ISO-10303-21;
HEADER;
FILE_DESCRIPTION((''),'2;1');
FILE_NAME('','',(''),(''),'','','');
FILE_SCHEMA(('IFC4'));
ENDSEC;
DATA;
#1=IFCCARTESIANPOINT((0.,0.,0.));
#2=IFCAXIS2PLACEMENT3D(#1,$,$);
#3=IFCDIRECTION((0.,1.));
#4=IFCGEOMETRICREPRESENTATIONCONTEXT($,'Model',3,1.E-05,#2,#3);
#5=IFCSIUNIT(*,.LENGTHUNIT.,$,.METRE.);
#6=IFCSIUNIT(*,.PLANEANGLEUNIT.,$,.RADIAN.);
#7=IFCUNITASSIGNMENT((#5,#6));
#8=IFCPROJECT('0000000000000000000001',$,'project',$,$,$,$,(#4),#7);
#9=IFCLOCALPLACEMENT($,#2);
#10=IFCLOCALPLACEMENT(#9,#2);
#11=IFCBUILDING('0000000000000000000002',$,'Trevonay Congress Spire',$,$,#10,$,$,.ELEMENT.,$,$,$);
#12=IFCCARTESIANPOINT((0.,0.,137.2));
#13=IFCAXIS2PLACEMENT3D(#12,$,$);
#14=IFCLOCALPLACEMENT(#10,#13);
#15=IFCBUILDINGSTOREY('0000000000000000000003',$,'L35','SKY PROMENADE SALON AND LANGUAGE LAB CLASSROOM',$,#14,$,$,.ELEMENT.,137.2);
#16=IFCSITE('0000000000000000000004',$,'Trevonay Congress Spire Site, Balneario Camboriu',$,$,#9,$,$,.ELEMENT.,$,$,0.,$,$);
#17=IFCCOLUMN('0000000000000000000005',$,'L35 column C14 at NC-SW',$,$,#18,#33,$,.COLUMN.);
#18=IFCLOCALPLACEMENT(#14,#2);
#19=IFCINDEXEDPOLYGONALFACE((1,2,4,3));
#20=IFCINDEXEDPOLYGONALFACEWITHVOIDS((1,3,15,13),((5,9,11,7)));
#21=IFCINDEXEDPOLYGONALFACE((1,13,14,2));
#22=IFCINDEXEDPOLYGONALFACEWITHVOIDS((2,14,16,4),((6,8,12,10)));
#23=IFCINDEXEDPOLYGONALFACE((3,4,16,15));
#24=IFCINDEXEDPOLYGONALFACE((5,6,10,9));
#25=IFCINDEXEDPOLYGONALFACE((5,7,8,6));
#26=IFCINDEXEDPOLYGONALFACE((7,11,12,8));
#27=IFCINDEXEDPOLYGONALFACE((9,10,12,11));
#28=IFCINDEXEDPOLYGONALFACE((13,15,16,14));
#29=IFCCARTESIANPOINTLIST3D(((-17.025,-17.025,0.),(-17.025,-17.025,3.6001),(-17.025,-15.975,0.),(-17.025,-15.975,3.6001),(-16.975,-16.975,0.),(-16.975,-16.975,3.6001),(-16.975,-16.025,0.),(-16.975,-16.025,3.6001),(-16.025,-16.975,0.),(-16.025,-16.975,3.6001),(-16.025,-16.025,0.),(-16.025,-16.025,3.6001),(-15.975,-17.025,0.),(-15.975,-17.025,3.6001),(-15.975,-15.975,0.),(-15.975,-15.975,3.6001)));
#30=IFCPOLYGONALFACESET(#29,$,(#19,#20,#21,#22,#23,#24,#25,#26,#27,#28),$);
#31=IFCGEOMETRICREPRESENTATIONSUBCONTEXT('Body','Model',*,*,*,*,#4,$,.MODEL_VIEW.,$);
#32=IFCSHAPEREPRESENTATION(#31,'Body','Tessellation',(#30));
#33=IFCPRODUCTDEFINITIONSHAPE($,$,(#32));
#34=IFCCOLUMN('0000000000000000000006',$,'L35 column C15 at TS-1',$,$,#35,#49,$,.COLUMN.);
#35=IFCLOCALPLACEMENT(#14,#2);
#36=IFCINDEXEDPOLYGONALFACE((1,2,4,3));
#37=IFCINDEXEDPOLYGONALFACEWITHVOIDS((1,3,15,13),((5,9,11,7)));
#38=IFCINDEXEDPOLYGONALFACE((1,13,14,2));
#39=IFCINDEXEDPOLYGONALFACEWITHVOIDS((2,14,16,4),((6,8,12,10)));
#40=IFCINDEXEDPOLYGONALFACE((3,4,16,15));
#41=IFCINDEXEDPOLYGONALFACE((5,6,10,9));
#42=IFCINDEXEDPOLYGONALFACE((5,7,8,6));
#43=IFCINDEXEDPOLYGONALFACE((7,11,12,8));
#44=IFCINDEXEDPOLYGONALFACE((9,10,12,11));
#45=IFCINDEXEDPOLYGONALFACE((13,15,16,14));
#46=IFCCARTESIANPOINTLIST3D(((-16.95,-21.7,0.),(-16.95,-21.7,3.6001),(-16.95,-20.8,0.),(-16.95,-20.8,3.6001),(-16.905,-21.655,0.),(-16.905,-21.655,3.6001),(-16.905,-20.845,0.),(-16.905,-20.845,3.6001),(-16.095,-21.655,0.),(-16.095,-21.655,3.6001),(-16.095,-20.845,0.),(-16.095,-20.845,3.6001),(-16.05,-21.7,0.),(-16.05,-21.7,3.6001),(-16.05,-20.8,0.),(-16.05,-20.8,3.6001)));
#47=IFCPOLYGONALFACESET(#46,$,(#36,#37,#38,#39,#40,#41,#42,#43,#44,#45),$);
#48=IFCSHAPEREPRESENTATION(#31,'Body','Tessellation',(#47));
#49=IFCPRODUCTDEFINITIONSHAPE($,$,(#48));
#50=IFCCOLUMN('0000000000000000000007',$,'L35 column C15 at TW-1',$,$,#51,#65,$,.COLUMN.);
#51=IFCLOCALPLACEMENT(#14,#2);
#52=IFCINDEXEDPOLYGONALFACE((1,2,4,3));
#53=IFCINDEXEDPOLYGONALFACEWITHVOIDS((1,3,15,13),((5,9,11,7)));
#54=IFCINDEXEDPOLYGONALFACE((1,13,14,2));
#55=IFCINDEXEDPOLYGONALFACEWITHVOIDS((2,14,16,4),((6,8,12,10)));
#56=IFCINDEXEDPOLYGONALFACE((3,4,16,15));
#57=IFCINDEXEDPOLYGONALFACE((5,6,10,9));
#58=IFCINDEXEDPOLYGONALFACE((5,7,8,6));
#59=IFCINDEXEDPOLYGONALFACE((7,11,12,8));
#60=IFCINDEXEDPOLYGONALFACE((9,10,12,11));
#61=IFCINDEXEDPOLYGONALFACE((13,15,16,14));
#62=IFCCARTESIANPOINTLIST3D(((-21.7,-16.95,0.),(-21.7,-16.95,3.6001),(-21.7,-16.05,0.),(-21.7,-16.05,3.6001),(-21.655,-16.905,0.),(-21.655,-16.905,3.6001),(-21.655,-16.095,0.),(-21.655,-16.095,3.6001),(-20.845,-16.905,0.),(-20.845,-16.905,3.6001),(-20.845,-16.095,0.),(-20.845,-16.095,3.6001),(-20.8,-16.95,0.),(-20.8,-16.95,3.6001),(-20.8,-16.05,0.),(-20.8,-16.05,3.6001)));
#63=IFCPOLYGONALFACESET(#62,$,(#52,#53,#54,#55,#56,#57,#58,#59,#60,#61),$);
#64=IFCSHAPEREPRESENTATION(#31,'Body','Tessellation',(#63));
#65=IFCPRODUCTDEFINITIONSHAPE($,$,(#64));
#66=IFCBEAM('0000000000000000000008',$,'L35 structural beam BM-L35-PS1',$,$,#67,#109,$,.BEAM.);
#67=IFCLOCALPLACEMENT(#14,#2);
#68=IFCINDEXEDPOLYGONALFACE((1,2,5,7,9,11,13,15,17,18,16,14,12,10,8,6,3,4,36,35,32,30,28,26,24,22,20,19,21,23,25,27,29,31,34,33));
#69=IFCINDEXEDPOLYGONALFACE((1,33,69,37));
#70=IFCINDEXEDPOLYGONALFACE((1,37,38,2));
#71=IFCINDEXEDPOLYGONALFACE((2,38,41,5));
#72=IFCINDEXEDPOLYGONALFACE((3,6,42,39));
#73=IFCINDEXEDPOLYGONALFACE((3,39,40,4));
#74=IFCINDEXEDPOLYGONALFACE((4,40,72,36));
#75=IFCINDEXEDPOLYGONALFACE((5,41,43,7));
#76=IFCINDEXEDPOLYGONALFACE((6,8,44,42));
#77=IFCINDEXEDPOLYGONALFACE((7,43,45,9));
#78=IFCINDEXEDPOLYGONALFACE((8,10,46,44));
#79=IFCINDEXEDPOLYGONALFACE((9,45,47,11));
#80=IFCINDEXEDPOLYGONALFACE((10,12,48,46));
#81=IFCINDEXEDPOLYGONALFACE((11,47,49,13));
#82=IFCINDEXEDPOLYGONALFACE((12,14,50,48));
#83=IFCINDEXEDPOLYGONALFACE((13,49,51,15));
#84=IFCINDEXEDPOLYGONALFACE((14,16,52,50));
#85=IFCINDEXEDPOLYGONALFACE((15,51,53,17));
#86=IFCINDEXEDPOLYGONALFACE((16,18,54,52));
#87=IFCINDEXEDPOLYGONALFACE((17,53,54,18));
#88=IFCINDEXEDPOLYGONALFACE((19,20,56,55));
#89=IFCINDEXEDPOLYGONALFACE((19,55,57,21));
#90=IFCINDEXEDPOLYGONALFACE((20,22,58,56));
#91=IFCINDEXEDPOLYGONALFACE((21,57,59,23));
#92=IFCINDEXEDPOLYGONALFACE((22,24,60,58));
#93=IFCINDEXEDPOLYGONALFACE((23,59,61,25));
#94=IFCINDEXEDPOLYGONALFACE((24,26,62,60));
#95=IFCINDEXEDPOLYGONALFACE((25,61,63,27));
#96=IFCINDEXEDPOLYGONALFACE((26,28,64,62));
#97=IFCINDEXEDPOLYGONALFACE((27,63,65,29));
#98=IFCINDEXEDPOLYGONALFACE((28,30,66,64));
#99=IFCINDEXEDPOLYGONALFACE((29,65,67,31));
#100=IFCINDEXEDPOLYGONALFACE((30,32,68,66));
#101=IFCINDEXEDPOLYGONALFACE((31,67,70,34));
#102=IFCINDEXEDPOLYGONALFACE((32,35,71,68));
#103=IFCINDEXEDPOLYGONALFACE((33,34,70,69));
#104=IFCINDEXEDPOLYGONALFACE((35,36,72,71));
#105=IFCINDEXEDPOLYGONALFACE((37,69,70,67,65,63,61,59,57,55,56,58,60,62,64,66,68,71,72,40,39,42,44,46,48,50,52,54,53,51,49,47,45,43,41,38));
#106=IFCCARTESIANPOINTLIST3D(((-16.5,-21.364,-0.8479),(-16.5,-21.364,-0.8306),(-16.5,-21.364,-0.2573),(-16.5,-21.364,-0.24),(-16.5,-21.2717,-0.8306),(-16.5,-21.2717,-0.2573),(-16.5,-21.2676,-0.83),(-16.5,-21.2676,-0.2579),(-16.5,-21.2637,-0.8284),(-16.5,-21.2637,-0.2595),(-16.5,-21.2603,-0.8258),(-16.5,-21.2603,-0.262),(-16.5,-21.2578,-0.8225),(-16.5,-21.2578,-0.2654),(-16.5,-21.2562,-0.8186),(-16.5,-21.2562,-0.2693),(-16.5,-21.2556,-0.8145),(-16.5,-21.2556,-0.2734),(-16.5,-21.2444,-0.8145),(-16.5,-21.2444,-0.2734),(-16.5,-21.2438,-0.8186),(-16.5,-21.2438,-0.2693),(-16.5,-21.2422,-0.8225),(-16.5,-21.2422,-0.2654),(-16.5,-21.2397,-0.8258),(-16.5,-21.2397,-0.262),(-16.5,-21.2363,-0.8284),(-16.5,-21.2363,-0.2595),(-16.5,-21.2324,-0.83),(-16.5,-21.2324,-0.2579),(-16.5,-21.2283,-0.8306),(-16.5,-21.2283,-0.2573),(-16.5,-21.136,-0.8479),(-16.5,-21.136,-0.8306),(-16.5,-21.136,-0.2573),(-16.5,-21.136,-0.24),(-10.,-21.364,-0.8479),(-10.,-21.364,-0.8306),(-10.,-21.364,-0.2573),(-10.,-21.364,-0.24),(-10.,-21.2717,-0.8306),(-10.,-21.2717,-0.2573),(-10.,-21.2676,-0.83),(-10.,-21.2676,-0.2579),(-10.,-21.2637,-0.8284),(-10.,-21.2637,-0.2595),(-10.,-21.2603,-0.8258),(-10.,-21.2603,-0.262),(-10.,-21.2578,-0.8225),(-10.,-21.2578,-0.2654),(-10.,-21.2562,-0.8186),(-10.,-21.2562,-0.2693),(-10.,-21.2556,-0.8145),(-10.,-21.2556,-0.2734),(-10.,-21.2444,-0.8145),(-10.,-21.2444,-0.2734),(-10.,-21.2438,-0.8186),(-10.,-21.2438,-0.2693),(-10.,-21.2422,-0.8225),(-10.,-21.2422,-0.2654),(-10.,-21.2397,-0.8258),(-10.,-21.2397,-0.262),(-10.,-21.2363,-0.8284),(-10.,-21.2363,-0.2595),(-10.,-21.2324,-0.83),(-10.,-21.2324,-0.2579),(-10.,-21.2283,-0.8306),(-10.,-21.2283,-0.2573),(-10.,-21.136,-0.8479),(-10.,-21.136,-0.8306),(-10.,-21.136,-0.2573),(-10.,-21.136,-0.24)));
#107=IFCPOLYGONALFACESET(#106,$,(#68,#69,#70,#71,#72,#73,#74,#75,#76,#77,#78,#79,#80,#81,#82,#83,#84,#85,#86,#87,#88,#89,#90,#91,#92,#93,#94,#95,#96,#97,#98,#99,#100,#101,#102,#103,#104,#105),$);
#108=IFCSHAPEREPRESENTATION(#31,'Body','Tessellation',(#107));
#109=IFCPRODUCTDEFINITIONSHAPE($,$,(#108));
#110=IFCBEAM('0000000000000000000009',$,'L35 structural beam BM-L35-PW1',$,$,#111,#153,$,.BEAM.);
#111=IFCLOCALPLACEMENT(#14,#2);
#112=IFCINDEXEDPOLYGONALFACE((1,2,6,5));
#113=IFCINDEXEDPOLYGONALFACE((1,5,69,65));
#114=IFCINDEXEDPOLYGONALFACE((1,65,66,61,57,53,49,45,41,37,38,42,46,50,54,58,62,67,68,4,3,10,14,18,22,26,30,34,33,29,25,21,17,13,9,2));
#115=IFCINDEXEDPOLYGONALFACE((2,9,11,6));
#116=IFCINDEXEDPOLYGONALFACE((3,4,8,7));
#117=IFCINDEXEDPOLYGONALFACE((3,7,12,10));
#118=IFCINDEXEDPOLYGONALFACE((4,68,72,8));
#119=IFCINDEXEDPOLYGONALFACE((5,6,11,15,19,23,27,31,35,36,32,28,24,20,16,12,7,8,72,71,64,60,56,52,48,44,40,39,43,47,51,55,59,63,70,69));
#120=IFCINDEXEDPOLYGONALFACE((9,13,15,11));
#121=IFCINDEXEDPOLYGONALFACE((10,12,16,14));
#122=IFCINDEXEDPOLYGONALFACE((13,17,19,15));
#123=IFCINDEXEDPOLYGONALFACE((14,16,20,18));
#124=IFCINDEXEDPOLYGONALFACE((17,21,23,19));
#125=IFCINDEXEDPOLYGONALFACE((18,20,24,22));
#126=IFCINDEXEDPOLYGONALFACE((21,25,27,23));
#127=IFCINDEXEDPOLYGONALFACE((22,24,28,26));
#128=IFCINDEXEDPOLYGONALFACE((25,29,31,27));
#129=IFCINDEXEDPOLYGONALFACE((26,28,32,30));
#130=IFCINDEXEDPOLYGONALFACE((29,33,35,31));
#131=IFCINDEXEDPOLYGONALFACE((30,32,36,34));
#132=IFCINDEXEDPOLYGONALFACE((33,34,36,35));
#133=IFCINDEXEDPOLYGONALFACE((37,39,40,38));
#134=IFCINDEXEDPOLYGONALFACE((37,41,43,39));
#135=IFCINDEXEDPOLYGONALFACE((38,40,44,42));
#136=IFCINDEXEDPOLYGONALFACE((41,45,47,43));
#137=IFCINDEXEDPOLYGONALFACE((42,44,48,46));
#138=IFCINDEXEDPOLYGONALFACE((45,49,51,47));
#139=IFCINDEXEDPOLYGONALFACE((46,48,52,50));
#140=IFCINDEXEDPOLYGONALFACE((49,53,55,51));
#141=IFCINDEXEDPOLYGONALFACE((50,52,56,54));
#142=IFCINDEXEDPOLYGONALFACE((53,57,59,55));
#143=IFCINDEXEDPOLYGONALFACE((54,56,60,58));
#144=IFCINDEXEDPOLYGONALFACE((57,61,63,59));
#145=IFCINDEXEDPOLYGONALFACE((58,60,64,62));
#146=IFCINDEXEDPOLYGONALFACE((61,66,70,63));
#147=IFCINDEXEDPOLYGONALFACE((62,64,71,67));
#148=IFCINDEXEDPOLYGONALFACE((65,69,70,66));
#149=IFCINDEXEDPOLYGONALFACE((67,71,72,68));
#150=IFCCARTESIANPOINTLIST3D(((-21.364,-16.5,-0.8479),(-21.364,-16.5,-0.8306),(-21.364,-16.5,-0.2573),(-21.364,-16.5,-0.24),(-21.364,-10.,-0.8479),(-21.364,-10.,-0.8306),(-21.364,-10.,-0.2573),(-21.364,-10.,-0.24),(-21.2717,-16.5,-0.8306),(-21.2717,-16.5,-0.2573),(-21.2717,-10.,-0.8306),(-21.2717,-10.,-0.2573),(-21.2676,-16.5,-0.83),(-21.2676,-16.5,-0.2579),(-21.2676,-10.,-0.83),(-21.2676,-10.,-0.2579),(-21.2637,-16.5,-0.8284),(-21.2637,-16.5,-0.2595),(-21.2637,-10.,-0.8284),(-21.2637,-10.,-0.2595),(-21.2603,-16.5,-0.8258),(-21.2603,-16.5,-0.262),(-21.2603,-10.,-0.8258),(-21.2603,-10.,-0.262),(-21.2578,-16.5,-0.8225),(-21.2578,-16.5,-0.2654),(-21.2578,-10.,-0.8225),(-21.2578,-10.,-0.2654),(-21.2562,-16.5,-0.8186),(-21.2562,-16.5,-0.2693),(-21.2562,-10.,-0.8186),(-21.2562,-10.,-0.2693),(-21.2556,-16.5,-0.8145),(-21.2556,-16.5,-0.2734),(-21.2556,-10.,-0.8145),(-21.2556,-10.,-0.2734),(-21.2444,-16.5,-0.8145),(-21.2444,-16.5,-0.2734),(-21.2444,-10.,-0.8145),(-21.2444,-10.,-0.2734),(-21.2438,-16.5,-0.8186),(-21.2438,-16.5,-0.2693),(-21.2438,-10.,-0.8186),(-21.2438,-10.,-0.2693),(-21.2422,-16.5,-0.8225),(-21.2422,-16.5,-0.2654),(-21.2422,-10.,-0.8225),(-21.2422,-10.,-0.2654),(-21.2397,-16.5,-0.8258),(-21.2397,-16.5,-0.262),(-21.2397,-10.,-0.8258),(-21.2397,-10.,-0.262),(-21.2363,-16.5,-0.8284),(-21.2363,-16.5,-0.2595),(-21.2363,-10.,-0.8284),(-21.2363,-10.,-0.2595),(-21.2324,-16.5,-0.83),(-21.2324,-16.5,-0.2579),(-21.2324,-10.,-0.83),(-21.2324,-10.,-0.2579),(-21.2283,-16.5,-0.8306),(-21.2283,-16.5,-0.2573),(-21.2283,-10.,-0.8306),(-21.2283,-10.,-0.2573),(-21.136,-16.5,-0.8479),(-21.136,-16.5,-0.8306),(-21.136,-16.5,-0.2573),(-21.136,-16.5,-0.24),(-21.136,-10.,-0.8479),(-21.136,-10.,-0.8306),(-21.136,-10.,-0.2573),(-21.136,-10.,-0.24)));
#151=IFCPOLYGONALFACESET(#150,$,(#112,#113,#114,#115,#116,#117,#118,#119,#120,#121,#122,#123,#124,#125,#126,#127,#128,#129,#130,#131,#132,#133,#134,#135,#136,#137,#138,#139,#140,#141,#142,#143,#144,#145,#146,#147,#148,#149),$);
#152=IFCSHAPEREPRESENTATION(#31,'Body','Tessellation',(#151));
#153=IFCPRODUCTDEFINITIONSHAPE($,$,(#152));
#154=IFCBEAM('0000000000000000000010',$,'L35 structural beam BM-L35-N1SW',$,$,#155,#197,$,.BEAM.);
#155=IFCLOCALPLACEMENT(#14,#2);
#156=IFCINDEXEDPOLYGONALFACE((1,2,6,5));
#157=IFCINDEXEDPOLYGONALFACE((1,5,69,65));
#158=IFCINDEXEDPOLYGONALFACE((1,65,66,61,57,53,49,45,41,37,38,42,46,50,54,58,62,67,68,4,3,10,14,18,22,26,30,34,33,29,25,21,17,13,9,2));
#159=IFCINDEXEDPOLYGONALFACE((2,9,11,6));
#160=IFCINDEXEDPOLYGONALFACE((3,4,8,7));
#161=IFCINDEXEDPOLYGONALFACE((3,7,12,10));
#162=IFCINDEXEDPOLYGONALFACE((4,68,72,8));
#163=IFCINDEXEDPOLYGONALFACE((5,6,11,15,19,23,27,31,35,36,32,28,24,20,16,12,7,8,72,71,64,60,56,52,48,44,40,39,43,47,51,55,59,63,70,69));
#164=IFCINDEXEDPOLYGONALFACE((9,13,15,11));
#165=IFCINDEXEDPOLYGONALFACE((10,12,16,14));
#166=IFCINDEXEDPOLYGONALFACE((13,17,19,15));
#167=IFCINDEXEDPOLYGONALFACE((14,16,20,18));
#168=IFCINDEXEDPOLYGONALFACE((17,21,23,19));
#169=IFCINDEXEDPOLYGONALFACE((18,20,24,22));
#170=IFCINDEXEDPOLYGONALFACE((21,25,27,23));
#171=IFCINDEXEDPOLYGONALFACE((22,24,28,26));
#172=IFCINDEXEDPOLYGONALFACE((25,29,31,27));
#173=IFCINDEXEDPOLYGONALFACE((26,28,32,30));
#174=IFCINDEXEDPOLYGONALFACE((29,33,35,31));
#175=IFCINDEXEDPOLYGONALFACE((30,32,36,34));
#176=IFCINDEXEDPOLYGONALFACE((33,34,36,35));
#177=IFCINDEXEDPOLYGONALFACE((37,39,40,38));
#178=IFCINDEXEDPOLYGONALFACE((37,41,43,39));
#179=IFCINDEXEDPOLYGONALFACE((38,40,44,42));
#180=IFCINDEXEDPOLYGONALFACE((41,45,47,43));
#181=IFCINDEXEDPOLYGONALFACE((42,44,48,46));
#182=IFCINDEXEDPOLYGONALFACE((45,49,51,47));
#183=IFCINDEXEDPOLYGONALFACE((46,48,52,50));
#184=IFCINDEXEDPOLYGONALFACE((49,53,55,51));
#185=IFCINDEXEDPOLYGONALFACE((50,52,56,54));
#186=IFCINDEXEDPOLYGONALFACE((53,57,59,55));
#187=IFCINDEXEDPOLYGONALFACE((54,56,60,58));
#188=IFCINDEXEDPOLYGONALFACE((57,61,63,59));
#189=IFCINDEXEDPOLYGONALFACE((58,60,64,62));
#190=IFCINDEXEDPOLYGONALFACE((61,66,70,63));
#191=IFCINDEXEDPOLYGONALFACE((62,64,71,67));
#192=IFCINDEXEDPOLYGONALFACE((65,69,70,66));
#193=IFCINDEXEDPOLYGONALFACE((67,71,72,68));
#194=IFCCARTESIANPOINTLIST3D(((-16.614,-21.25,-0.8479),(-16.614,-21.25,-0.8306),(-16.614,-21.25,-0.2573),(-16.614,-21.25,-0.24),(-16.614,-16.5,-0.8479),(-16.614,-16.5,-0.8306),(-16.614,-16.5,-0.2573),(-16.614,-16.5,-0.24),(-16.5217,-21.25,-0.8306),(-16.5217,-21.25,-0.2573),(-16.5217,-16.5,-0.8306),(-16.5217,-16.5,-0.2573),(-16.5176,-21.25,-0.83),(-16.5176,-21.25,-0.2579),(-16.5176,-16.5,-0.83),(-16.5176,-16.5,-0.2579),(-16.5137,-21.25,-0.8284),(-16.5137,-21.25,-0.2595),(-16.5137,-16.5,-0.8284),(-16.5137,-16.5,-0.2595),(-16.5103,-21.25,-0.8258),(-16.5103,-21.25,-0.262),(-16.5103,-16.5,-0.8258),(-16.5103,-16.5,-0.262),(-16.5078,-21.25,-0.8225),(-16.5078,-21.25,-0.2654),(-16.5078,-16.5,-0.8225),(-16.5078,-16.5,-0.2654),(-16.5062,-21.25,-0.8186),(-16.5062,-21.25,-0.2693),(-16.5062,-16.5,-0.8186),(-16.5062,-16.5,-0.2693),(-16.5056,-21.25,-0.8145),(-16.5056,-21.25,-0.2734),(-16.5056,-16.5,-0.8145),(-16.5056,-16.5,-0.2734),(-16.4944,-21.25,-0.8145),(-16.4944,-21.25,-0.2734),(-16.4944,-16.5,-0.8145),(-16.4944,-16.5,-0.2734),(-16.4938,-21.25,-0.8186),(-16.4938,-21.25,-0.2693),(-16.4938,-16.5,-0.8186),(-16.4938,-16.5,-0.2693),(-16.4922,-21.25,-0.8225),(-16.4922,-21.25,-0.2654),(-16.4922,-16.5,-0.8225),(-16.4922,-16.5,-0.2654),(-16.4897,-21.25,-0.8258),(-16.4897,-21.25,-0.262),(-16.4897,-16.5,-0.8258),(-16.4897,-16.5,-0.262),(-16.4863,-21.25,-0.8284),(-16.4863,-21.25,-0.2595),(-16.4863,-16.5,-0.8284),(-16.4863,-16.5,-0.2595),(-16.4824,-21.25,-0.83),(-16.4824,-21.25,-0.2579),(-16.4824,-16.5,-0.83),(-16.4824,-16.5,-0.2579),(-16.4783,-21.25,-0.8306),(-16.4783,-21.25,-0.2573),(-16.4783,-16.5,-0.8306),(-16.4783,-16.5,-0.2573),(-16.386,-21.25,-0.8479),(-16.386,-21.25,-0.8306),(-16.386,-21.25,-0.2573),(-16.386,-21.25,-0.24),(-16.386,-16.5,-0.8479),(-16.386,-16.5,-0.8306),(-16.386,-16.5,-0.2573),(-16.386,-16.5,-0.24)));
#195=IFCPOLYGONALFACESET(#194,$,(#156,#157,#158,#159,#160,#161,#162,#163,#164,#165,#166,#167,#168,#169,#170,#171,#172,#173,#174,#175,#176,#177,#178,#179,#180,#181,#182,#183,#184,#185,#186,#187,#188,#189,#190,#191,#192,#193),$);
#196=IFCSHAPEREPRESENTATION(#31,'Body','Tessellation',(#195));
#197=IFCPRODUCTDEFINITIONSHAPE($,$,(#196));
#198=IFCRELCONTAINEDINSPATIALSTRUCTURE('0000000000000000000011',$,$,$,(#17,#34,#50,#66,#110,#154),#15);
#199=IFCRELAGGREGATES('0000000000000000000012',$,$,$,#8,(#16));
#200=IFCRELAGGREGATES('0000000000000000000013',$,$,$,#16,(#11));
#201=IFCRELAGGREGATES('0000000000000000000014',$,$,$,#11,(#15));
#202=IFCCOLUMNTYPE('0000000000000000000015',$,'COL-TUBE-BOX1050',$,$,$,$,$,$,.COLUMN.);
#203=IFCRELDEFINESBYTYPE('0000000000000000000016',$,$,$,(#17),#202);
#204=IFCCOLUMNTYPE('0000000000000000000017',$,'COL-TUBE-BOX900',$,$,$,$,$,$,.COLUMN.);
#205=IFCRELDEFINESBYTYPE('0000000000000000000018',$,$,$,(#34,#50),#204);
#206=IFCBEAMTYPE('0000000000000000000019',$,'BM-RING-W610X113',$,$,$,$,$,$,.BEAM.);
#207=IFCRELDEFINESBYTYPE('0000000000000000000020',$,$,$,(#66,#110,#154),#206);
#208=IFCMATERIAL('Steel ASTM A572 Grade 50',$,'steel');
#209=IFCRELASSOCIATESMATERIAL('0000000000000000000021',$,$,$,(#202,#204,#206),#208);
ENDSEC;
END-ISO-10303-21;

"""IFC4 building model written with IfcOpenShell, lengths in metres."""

from ifc_helpers import new_model, si_unit, direction, frame, origin, origin_2d, place, context, subcontext, project, spatial, hollow_rectangle, i_section, extrude, material, material_profile, profile_set, type_object, element, save


model = new_model("IFC4")

# Units and contexts
model_context = context("Model", 3, precision=1e-05, world=origin(), true_north=direction((0.0, 1.0)))
body_context = subcontext(model_context, "Body", "Model", "MODEL_VIEW")
ifc_project = project(units=[si_unit("LENGTHUNIT", "METRE"), si_unit("PLANEANGLEUNIT", "RADIAN")], contexts=[model_context])

# Site, building, storey
site_placement = place(None, origin())
site = spatial("IfcSite", under=ifc_project, at=site_placement, Name="Trevonay Congress Spire Site, Balneario Camboriu", CompositionType="ELEMENT", RefElevation=0.0)
building_placement = place(site_placement, origin())
building = spatial("IfcBuilding", under=site, at=building_placement, Name="Trevonay Congress Spire", CompositionType="ELEMENT")
storey_placement = place(building_placement, frame((0.0, 0.0, 137.2)))
storey = spatial("IfcBuildingStorey", under=building, at=storey_placement, Name="L35", Description="SKY PROMENADE SALON AND LANGUAGE LAB CLASSROOM", CompositionType="ELEMENT", Elevation=137.2)

# Columns
ifc_material_1 = material(Name="Steel ASTM A572 Grade 50", Category="steel")
ifc_material_profile_1 = material_profile(ifc_material_1, hollow_rectangle(XDim=1.05, YDim=1.05, WallThickness=0.05, at=origin_2d()), Name="BOX 1050x1050x50")
ifc_profile_set_1 = profile_set([ifc_material_profile_1], Name="Steel ASTM A572 Grade 50")
column_type_1 = type_object("IfcColumnType", Name="COL-TUBE-BOX1050", PredefinedType="COLUMN", material=ifc_profile_set_1)
column_placement = place(storey_placement, frame((-16.5, -16.5, 0.0), z_axis=(0.0, 0.0, 1.0), x_axis=(1.0, 0.0, 0.0)))
element("IfcColumn", 1, at=column_placement, inside=storey, type_object=column_type_1, Name="L35 column C14 at NC-SW", PredefinedType="COLUMN", context=body_context, shape_type="SweptSolid", body=[
    extrude(hollow_rectangle(XDim=1.05, YDim=1.05, WallThickness=0.05, at=origin_2d()), origin(), (0.0, 0.0, 1.0), 3.6001),
])
ifc_material_profile_2 = material_profile(ifc_material_1, hollow_rectangle(XDim=0.8999, YDim=0.8999, WallThickness=0.0449, at=origin_2d()), Name="BOX 900x900x45")
ifc_profile_set_2 = profile_set([ifc_material_profile_2], Name="Steel ASTM A572 Grade 50")
column_type_2 = type_object("IfcColumnType", Name="COL-TUBE-BOX900", PredefinedType="COLUMN", material=ifc_profile_set_2)
for number, where, z_axis, x_axis, name in (
    (2, (-16.5, -21.25, 0.0), (0.0, 0.0, 1.0), (1.0, 0.0, 0.0), "L35 column C15 at TS-1"),
    (3, (-21.25, -16.5, 0.0), (0.0, 0.0, 1.0), (1.0, 0.0, 0.0), "L35 column C15 at TW-1"),
):
    element("IfcColumn", number, at=place(storey_placement, frame(where, z_axis=z_axis, x_axis=x_axis)), inside=storey, type_object=column_type_2, Name=name, PredefinedType="COLUMN", context=body_context, shape_type="SweptSolid", body=[
        extrude(hollow_rectangle(XDim=0.8999, YDim=0.8999, WallThickness=0.0449, at=origin_2d()), origin(), (0.0, 0.0, 1.0), 3.6001),
    ])

# Beams
ifc_material_profile_3 = material_profile(ifc_material_1, i_section(OverallWidth=0.228, OverallDepth=0.6079, WebThickness=0.0112, FlangeThickness=0.0173, FilletRadius=0.0161, at=origin_2d()), Name="W610x113")
ifc_profile_set_3 = profile_set([ifc_material_profile_3], Name="Steel ASTM A572 Grade 50")
beam_type = type_object("IfcBeamType", Name="BM-RING-W610X113", PredefinedType="BEAM", material=ifc_profile_set_3)
for number, where, z_axis, x_axis, name in (
    (4, (-16.5, -21.25, -0.5439), (1.0, 0.0, 0.0), (0.0, 1.0, 0.0), "L35 structural beam BM-L35-PS1"),
    (5, (-21.25, -16.5, -0.5439), (0.0, 1.0, 0.0), (-1.0, 0.0, 0.0), "L35 structural beam BM-L35-PW1"),
):
    element("IfcBeam", number, at=place(storey_placement, frame(where, z_axis=z_axis, x_axis=x_axis)), inside=storey, type_object=beam_type, Name=name, PredefinedType="BEAM", context=body_context, shape_type="SweptSolid", body=[
        extrude(i_section(OverallWidth=0.228, OverallDepth=0.6079, WebThickness=0.0112, FlangeThickness=0.0173, FilletRadius=0.0161, at=origin_2d()), origin(), (0.0, 0.0, 1.0), 6.5),
    ])
for number, where, z_axis, x_axis, name in (
    (6, (-16.5, -21.25, -0.5439), (0.0, 1.0, 0.0), (-1.0, 0.0, 0.0), "L35 structural beam BM-L35-N1SW"),
):
    element("IfcBeam", number, at=place(storey_placement, frame(where, z_axis=z_axis, x_axis=x_axis)), inside=storey, type_object=beam_type, Name=name, PredefinedType="BEAM", context=body_context, shape_type="SweptSolid", body=[
        extrude(i_section(OverallWidth=0.228, OverallDepth=0.6079, WebThickness=0.0112, FlangeThickness=0.0173, FilletRadius=0.0161, at=origin_2d()), origin(), (0.0, 0.0, 1.0), 4.75),
    ])

save(model, "model.ifc")
